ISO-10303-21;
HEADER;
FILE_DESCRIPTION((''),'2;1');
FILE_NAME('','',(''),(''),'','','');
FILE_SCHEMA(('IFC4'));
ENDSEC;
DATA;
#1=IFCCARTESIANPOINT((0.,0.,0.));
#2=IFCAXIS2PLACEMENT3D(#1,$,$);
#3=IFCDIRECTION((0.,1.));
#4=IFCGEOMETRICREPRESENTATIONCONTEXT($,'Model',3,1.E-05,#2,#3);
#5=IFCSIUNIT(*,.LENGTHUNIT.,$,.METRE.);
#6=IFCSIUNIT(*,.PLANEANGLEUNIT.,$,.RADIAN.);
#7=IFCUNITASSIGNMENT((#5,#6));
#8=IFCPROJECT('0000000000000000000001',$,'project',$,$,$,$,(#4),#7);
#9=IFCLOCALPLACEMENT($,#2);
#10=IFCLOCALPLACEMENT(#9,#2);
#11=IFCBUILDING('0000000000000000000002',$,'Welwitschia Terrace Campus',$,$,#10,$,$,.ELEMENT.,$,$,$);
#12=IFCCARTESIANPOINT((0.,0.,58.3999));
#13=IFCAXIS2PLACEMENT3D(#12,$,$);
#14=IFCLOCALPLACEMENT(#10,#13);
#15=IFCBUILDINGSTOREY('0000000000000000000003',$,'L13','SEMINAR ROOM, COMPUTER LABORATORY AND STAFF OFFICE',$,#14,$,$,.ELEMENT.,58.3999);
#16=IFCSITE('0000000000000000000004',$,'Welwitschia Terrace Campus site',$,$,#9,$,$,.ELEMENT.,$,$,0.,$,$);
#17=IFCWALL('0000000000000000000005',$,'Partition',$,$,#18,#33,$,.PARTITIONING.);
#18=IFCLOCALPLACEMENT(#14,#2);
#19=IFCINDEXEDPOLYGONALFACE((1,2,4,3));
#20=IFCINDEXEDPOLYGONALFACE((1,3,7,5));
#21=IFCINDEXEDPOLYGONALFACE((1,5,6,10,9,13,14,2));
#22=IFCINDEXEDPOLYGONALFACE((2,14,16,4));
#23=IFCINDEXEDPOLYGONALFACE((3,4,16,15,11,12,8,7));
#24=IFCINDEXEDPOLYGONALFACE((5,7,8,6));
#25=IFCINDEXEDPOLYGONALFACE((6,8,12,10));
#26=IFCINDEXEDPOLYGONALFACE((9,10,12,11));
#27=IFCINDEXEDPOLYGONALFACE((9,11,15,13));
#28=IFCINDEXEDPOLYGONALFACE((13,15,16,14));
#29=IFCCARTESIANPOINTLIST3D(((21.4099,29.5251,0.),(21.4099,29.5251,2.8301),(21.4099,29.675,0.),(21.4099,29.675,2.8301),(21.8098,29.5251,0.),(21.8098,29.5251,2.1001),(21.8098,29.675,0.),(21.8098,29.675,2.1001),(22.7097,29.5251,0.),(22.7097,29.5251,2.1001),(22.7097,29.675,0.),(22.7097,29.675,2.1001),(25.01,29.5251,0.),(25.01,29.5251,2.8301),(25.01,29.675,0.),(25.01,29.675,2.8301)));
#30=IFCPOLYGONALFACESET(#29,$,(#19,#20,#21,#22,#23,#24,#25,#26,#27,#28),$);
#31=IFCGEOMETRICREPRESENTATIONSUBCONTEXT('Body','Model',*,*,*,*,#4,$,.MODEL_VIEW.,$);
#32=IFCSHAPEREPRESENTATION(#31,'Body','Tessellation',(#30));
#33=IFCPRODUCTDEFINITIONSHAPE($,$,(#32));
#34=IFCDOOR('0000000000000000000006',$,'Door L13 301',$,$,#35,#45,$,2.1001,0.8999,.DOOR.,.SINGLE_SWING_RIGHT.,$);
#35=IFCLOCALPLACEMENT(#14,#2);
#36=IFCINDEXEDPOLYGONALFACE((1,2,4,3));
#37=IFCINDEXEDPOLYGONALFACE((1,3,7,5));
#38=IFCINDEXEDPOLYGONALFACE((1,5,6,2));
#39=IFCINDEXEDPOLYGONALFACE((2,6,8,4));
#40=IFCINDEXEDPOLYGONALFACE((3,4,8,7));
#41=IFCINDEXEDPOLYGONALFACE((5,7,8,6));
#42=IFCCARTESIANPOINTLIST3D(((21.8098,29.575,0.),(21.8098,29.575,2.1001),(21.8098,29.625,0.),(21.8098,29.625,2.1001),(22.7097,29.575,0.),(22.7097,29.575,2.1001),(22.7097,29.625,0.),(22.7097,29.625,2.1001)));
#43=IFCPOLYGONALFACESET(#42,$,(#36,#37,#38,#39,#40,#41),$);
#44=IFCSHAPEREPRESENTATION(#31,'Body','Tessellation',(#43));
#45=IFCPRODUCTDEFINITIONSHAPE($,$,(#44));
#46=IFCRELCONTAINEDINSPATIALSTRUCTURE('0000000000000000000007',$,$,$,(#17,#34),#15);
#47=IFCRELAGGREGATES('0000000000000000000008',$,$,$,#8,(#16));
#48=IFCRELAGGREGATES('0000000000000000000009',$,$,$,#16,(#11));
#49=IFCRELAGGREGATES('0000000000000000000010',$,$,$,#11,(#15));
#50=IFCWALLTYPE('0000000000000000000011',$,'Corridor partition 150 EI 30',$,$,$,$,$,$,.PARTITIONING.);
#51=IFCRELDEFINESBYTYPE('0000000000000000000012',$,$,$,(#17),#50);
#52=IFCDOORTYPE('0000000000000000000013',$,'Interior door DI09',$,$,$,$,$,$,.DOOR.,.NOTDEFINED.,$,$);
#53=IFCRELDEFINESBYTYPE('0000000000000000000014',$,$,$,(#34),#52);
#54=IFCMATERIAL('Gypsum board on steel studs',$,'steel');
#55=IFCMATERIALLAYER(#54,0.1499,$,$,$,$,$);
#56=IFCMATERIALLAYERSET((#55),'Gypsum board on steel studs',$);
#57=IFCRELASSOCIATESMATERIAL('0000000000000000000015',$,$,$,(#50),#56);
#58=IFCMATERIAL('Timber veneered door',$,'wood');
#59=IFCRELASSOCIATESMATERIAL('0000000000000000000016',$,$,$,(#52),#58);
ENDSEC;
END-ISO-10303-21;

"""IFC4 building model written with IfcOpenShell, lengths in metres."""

from ifc_helpers import new_model, si_unit, direction, frame, frame_2d, origin, place, context, subcontext, project, spatial, rectangle, extrude, material, layer, layer_set, type_object, element, fill, save


model = new_model("IFC4")

# Units and contexts
model_context = context("Model", 3, precision=1e-05, world=origin(), true_north=direction((0.0, 1.0)))
body_context = subcontext(model_context, "Body", "Model", "MODEL_VIEW")
ifc_project = project(units=[si_unit("LENGTHUNIT", "METRE"), si_unit("PLANEANGLEUNIT", "RADIAN")], contexts=[model_context])

# Site, building, storey
site_placement = place(None, origin())
site = spatial("IfcSite", under=ifc_project, at=site_placement, Name="Welwitschia Terrace Campus site", CompositionType="ELEMENT", RefElevation=0.0)
building_placement = place(site_placement, origin())
building = spatial("IfcBuilding", under=site, at=building_placement, Name="Welwitschia Terrace Campus", CompositionType="ELEMENT")
storey_placement = place(building_placement, frame((0.0, 0.0, 58.3999)))
storey = spatial("IfcBuildingStorey", under=building, at=storey_placement, Name="L13", Description="SEMINAR ROOM, COMPUTER LABORATORY AND STAFF OFFICE", CompositionType="ELEMENT", Elevation=58.3999)

# Shared definitions
ifc_material_1 = material(Name="Gypsum board on steel studs", Category="steel")
ifc_layer_1 = layer(ifc_material_1, 0.1499)
ifc_layer_set_1 = layer_set([ifc_layer_1], Name="Gypsum board on steel studs")
wall_type = type_object("IfcWallType", Name="Corridor partition 150 EI 30", PredefinedType="PARTITIONING", material=ifc_layer_set_1)

# Wall, opening, door
wall_1_placement = place(storey_placement, frame((21.4099, 29.6001, 0.0), z_axis=(0.0, 0.0, 1.0), x_axis=(1.0, 0.0, 0.0)))
wall_1 = element("IfcWall", 1, at=wall_1_placement, inside=storey, type_object=wall_type, Name="Partition", PredefinedType="PARTITIONING", context=body_context, shape_type="SweptSolid", body=[
    extrude(rectangle(XDim=3.6001, YDim=0.1499, at=frame_2d((1.8, 0.0))), origin(), (0.0, 0.0, 1.0), 2.8301),
])
opening_placement = place(wall_1_placement, frame((0.3999, 0.0, 0.0)))
opening = element("IfcOpeningElement", 2, at=opening_placement, cuts=wall_1, PredefinedType="OPENING", context=body_context, shape_type="SweptSolid", body=[
    extrude(rectangle(XDim=0.8999, YDim=2.1001, at=frame_2d((0.45, 1.05))), frame((0.0, 0.085, 0.0), z_axis=(0.0, -1.0, 0.0), x_axis=(1.0, 0.0, 0.0)), (0.0, 0.0, 1.0), 0.1699),
])
ifc_material_2 = material(Name="Timber veneered door", Category="wood")
door_type = type_object("IfcDoorType", Name="Interior door DI09", OperationType="NOTDEFINED", PredefinedType="DOOR", material=ifc_material_2)
door_placement = place(opening_placement, origin())
door = element("IfcDoor", 3, at=door_placement, inside=storey, type_object=door_type, Name="Door L13 301", OperationType="SINGLE_SWING_RIGHT", OverallHeight=2.1001, OverallWidth=0.8999, PredefinedType="DOOR", context=body_context, shape_type="SweptSolid", body=[
    extrude(rectangle(XDim=0.8999, YDim=2.1001, at=frame_2d((0.45, 1.05))), frame((0.0, 0.0249, 0.0), z_axis=(0.0, -1.0, 0.0), x_axis=(1.0, 0.0, 0.0)), (0.0, 0.0, 1.0), 0.05),
])
fill(opening, door)

save(model, "model.ifc")
